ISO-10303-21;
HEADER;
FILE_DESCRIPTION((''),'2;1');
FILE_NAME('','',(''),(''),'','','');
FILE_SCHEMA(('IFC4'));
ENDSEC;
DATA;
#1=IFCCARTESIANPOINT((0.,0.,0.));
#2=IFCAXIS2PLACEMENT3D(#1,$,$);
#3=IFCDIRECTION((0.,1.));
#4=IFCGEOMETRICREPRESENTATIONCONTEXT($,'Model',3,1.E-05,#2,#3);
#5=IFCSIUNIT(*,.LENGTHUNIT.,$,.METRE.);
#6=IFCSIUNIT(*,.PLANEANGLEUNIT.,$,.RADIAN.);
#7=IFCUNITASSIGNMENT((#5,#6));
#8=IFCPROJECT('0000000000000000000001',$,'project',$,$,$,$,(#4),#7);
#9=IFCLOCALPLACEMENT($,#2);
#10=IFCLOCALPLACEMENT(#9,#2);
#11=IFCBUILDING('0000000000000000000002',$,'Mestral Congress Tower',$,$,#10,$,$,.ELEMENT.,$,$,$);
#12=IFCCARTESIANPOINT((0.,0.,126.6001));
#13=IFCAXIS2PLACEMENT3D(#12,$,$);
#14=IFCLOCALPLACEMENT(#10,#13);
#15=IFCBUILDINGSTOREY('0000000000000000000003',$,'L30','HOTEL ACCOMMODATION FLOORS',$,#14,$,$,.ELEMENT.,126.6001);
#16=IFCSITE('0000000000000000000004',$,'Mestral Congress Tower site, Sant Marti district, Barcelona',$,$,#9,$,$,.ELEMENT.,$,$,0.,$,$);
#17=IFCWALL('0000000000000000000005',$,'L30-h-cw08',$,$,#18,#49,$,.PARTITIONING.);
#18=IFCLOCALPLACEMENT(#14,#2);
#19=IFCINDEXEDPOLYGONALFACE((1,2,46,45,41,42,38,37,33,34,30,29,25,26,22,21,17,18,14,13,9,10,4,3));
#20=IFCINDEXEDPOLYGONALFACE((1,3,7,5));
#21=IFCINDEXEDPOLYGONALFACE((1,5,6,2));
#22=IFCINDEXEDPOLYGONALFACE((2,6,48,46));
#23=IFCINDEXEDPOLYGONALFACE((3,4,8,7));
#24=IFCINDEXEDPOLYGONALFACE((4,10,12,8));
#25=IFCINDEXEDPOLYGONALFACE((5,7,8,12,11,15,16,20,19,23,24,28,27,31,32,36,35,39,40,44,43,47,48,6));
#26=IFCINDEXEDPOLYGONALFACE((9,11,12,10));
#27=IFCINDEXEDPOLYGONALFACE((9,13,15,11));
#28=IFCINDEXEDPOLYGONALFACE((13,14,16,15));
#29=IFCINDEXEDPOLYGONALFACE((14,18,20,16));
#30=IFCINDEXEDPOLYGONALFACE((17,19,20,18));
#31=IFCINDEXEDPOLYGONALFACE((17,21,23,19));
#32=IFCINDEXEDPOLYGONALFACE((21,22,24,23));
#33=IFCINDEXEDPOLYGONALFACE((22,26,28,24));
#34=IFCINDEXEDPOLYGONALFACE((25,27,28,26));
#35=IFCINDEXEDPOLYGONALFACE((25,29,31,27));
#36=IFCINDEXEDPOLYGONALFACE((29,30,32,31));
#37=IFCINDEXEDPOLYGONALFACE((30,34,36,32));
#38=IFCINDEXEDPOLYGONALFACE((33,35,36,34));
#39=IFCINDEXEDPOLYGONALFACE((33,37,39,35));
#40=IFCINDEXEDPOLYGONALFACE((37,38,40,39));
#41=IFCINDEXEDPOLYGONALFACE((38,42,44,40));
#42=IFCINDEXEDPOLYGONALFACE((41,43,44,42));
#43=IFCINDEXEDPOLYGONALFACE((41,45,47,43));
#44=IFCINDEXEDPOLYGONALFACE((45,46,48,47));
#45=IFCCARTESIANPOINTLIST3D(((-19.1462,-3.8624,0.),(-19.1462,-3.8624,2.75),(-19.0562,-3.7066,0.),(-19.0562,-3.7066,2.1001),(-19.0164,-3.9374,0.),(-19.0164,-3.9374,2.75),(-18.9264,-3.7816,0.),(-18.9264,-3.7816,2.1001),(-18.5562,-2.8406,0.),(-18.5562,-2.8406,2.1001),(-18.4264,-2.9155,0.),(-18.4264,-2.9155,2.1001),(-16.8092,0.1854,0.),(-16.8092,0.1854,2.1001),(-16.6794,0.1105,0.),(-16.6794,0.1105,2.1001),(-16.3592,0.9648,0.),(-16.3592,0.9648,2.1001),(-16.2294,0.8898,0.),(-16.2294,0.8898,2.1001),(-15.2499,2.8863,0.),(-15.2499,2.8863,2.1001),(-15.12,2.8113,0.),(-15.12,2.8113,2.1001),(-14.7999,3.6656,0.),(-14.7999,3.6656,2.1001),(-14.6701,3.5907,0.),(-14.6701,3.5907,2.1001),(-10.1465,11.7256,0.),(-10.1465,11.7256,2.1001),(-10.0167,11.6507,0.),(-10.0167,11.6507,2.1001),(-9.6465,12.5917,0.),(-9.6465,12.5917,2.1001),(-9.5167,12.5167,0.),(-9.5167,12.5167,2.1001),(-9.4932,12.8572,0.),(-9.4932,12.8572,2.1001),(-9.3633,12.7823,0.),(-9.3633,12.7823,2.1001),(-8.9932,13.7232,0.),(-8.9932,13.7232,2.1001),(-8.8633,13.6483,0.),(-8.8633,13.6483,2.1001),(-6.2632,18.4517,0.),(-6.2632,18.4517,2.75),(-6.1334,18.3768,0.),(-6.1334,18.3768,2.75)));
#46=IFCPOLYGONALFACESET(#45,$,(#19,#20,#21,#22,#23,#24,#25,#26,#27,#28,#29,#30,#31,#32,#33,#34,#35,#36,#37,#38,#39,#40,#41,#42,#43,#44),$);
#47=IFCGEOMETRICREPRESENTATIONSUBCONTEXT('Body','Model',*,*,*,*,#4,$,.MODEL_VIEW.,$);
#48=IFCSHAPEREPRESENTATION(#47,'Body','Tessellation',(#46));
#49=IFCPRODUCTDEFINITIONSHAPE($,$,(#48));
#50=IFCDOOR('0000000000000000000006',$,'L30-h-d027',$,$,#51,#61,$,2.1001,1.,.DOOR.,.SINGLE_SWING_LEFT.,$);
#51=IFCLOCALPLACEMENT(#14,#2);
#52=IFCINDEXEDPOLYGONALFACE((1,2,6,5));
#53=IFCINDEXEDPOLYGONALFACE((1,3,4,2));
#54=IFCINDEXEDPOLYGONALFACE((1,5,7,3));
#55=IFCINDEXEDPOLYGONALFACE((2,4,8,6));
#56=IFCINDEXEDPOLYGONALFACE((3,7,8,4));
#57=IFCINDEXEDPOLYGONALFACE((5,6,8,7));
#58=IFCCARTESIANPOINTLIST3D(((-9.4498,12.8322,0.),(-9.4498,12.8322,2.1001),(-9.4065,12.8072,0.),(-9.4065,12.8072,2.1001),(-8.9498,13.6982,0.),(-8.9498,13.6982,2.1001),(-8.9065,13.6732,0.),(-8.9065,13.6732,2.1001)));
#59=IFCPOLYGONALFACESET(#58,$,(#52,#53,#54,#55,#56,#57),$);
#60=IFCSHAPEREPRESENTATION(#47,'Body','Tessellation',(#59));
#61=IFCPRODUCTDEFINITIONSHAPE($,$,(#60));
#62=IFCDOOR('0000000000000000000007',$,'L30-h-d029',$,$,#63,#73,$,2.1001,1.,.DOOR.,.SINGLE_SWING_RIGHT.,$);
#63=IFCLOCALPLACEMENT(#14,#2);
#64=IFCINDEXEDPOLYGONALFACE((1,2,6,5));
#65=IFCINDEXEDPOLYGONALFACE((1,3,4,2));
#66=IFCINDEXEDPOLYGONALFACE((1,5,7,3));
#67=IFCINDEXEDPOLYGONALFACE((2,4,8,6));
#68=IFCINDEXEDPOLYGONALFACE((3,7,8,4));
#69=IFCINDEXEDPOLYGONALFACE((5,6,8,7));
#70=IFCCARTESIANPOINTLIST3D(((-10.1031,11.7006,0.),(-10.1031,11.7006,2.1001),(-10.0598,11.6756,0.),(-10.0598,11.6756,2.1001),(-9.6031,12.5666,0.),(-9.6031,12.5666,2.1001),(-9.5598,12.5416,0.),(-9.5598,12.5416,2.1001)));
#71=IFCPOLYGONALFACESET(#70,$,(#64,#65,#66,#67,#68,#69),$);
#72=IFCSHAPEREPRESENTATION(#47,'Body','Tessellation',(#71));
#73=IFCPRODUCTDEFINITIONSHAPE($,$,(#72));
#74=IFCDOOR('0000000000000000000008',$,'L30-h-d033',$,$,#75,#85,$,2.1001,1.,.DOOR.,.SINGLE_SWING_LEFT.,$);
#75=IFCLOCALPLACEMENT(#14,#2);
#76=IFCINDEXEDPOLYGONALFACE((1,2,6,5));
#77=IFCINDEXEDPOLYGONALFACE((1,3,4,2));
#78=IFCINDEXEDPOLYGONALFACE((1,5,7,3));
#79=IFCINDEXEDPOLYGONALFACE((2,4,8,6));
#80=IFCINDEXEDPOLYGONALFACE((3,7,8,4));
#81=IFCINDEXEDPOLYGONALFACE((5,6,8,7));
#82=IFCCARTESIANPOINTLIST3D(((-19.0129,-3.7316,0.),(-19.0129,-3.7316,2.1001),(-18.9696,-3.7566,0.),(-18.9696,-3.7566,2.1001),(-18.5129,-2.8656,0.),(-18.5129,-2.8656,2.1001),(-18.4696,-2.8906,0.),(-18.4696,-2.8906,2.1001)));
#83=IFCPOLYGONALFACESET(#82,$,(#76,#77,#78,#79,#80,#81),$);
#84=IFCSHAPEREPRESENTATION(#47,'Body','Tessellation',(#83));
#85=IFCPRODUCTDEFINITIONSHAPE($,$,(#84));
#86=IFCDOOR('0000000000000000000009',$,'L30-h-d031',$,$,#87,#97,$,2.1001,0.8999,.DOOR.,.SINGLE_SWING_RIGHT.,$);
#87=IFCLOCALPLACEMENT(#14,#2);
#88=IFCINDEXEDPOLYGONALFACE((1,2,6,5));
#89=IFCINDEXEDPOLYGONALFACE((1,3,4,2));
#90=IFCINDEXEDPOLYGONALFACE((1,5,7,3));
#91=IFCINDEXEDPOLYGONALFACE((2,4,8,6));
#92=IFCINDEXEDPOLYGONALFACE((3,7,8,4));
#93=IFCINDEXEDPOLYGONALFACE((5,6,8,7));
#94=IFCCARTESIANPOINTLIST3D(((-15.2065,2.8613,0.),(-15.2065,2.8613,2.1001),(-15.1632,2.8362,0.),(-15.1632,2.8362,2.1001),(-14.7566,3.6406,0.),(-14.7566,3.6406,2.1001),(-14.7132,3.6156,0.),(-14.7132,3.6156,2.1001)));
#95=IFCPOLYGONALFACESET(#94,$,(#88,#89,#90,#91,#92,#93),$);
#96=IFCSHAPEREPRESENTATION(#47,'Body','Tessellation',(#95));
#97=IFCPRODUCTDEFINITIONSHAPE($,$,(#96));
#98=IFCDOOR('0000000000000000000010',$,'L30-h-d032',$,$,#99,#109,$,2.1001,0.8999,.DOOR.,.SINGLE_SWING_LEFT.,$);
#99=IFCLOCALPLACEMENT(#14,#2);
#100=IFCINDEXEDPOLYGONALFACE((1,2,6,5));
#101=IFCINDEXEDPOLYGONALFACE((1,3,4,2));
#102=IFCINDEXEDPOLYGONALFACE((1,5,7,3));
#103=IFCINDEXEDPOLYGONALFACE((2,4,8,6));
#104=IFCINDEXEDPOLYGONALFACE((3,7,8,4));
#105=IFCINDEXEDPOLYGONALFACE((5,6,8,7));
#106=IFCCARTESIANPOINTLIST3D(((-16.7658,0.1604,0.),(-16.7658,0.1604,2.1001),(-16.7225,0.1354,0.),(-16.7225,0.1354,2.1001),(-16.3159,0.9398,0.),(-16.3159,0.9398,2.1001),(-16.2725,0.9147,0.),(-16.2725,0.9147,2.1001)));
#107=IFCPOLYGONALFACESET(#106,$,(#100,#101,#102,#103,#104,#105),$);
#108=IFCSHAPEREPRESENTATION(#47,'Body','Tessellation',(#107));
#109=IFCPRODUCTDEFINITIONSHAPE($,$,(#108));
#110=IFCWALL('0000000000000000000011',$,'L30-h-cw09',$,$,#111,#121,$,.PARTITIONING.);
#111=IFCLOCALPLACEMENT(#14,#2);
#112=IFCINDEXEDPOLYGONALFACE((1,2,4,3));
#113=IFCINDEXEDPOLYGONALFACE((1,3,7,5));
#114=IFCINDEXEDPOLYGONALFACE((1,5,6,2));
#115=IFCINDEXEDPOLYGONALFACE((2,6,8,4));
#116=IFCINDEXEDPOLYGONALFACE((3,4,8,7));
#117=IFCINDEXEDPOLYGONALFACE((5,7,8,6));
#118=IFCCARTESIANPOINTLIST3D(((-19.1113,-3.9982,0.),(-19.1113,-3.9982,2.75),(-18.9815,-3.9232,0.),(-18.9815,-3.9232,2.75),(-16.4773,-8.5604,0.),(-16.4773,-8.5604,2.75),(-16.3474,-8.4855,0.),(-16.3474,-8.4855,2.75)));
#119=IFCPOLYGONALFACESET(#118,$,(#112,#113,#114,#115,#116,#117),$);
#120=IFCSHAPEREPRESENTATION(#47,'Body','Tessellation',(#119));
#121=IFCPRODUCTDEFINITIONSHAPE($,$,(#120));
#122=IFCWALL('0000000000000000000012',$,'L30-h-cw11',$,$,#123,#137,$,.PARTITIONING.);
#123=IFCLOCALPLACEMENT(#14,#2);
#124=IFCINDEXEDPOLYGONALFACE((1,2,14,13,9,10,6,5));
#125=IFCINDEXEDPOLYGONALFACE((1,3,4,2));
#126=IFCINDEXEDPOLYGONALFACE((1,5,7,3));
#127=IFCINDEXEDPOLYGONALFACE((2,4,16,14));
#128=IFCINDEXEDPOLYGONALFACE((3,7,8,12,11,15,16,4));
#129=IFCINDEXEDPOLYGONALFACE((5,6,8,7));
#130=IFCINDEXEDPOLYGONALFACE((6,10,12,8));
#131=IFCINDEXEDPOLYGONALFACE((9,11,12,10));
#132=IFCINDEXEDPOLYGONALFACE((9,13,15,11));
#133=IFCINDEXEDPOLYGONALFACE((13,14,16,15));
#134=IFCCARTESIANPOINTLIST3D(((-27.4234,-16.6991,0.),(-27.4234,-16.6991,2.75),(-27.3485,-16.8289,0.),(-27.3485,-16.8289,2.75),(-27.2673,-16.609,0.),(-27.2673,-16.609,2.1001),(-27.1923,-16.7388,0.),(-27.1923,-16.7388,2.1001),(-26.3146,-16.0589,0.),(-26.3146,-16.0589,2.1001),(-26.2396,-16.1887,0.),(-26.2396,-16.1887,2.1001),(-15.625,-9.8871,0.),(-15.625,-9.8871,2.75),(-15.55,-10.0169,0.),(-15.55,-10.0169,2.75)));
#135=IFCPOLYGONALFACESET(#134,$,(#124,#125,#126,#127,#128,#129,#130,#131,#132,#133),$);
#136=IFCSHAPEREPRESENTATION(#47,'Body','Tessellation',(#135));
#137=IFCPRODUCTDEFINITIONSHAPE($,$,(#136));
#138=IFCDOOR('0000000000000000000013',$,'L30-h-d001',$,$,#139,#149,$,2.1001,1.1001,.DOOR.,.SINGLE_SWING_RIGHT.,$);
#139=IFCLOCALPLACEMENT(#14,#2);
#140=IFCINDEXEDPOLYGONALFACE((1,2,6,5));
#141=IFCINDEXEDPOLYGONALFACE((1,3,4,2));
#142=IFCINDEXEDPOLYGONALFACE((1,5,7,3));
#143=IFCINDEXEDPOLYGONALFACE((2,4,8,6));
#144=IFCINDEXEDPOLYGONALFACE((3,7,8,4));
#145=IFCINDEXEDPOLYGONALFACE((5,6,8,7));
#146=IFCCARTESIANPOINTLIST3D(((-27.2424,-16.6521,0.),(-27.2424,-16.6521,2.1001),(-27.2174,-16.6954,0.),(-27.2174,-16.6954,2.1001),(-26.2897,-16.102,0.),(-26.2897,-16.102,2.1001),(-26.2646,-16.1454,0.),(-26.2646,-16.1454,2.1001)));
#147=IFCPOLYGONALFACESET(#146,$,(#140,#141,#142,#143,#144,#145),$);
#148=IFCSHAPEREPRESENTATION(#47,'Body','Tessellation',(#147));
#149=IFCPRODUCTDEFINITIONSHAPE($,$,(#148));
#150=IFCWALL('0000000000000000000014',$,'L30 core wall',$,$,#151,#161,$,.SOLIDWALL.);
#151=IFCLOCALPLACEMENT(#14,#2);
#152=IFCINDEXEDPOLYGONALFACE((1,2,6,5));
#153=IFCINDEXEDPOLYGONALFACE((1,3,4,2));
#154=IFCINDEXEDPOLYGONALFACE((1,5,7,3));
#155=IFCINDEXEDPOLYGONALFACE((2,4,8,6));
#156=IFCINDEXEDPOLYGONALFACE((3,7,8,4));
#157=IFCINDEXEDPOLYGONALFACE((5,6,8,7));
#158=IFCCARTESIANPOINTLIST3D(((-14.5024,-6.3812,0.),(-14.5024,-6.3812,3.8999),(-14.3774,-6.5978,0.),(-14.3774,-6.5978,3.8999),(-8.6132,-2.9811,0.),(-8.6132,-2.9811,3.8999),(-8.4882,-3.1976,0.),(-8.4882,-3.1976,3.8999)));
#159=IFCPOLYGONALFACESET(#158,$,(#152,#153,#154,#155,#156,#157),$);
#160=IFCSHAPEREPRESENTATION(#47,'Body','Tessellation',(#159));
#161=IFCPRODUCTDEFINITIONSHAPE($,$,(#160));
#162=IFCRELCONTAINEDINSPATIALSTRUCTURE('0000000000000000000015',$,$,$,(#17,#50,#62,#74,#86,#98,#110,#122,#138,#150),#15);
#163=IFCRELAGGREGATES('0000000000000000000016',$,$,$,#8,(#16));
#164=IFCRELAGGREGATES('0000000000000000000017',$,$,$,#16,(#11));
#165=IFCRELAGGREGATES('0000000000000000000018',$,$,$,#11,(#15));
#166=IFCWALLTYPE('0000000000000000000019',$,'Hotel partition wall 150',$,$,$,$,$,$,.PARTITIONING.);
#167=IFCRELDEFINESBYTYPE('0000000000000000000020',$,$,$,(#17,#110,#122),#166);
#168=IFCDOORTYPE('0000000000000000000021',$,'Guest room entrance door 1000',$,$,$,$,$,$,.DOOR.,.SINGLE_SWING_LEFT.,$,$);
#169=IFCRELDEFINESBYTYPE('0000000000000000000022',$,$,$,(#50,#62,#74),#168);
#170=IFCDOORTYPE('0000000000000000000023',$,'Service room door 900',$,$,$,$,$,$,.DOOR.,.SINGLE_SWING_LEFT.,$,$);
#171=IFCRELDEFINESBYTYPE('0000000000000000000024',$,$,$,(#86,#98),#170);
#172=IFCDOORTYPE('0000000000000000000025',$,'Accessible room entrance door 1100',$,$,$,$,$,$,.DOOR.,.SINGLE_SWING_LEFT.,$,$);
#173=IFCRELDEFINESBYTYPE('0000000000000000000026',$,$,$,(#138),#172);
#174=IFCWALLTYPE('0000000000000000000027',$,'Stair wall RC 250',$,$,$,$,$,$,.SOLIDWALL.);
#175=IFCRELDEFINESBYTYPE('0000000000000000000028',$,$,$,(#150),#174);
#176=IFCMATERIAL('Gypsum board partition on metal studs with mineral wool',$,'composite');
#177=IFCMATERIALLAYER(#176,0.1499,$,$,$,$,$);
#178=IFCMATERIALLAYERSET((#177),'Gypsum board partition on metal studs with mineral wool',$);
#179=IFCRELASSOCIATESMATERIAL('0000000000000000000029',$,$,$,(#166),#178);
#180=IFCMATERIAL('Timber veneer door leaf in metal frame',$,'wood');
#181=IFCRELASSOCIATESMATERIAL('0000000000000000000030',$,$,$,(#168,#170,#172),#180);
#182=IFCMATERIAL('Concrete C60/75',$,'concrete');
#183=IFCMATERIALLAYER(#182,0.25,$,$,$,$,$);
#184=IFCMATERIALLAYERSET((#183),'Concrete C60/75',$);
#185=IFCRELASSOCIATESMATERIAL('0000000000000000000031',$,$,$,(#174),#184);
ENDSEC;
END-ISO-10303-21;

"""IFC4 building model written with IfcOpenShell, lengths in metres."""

from ifc_helpers import new_model, si_unit, direction, frame, frame_2d, origin, place, context, subcontext, project, spatial, rectangle, extrude, material, layer, layer_set, type_object, element, fill, save


model = new_model("IFC4")

# Units and contexts
model_context = context("Model", 3, precision=1e-05, world=origin(), true_north=direction((0.0, 1.0)))
body_context = subcontext(model_context, "Body", "Model", "MODEL_VIEW")
ifc_project = project(units=[si_unit("LENGTHUNIT", "METRE"), si_unit("PLANEANGLEUNIT", "RADIAN")], contexts=[model_context])

# Site, building, storey
site_placement = place(None, origin())
site = spatial("IfcSite", under=ifc_project, at=site_placement, Name="Mestral Congress Tower site, Sant Marti district, Barcelona", CompositionType="ELEMENT", RefElevation=0.0)
building_placement = place(site_placement, origin())
building = spatial("IfcBuilding", under=site, at=building_placement, Name="Mestral Congress Tower", CompositionType="ELEMENT")
storey_placement = place(building_placement, frame((0.0, 0.0, 126.6001)))
storey = spatial("IfcBuildingStorey", under=building, at=storey_placement, Name="L30", Description="HOTEL ACCOMMODATION FLOORS", CompositionType="ELEMENT", Elevation=126.6001)

# Shared definitions
ifc_material_1 = material(Name="Gypsum board partition on metal studs with mineral wool", Category="composite")

# Wall, openings, doors
ifc_layer_1 = layer(ifc_material_1, 0.1499)
ifc_layer_set_1 = layer_set([ifc_layer_1], Name="Gypsum board partition on metal studs with mineral wool")
wall_type_1 = type_object("IfcWallType", Name="Hotel partition wall 150", PredefinedType="PARTITIONING", material=ifc_layer_set_1)
wall_1_placement = place(storey_placement, frame((-19.0813, -3.8999, 0.0), z_axis=(0.0, 0.0, 1.0), x_axis=(0.499998, 0.866026, 0.0)))
wall_1 = element("IfcWall", 1, at=wall_1_placement, inside=storey, type_object=wall_type_1, Name="L30-h-cw08", PredefinedType="PARTITIONING", context=body_context, shape_type="SweptSolid", body=[
    extrude(rectangle(XDim=25.7661, YDim=0.1499, at=frame_2d((12.8831, 0.0))), origin(), (0.0, 0.0, 1.0), 2.75),
])
opening_1_placement = place(wall_1_placement, frame((19.3062, 0.0, 0.0)))
opening_1 = element("IfcOpeningElement", 2, at=opening_1_placement, cuts=wall_1, PredefinedType="OPENING", context=body_context, shape_type="SweptSolid", body=[
    extrude(rectangle(XDim=1.0, YDim=2.1001, at=frame_2d((0.5, 1.05))), frame((0.0, 0.085, 0.0), z_axis=(0.0, -1.0, 0.0), x_axis=(1.0, 0.0, 0.0)), (0.0, 0.0, 1.0), 0.1699),
])
opening_2_placement = place(wall_1_placement, frame((17.9995, 0.0, 0.0)))
opening_2 = element("IfcOpeningElement", 3, at=opening_2_placement, cuts=wall_1, PredefinedType="OPENING", context=body_context, shape_type="SweptSolid", body=[
    extrude(rectangle(XDim=1.0, YDim=2.1001, at=frame_2d((0.5, 1.05))), frame((0.0, 0.085, 0.0), z_axis=(0.0, -1.0, 0.0), x_axis=(1.0, 0.0, 0.0)), (0.0, 0.0, 1.0), 0.1699),
])
opening_3_placement = place(wall_1_placement, frame((7.7927, 0.0, 0.0)))
opening_3 = element("IfcOpeningElement", 4, at=opening_3_placement, cuts=wall_1, PredefinedType="OPENING", context=body_context, shape_type="SweptSolid", body=[
    extrude(rectangle(XDim=0.8999, YDim=2.1001, at=frame_2d((0.45, 1.05))), frame((0.0, 0.085, 0.0), z_axis=(0.0, -1.0, 0.0), x_axis=(1.0, 0.0, 0.0)), (0.0, 0.0, 1.0), 0.1699),
])
opening_4_placement = place(wall_1_placement, frame((4.6741, 0.0, 0.0)))
opening_4 = element("IfcOpeningElement", 5, at=opening_4_placement, cuts=wall_1, PredefinedType="OPENING", context=body_context, shape_type="SweptSolid", body=[
    extrude(rectangle(XDim=0.8999, YDim=2.1001, at=frame_2d((0.45, 1.05))), frame((0.0, 0.085, 0.0), z_axis=(0.0, -1.0, 0.0), x_axis=(1.0, 0.0, 0.0)), (0.0, 0.0, 1.0), 0.1699),
])
opening_5_placement = place(wall_1_placement, frame((0.1799, 0.0, 0.0)))
opening_5 = element("IfcOpeningElement", 6, at=opening_5_placement, cuts=wall_1, PredefinedType="OPENING", context=body_context, shape_type="SweptSolid", body=[
    extrude(rectangle(XDim=1.0, YDim=2.1001, at=frame_2d((0.5, 1.05))), frame((0.0, 0.085, 0.0), z_axis=(0.0, -1.0, 0.0), x_axis=(1.0, 0.0, 0.0)), (0.0, 0.0, 1.0), 0.1699),
])
ifc_material_2 = material(Name="Timber veneer door leaf in metal frame", Category="wood")
door_type_1 = type_object("IfcDoorType", Name="Guest room entrance door 1000", OperationType="SINGLE_SWING_LEFT", PredefinedType="DOOR", material=ifc_material_2)
door_1_placement = place(opening_1_placement, origin())
door_1 = element("IfcDoor", 7, at=door_1_placement, inside=storey, type_object=door_type_1, Name="L30-h-d027", OperationType="SINGLE_SWING_LEFT", OverallHeight=2.1001, OverallWidth=1.0, PredefinedType="DOOR", context=body_context, shape_type="SweptSolid", body=[
    extrude(rectangle(XDim=1.0, YDim=2.1001, at=frame_2d((0.5, 1.05))), frame((0.0, 0.0249, 0.0), z_axis=(0.0, -1.0, 0.0), x_axis=(1.0, 0.0, 0.0)), (0.0, 0.0, 1.0), 0.05),
])
fill(opening_1, door_1)
door_2_placement = place(opening_2_placement, origin())
door_2 = element("IfcDoor", 8, at=door_2_placement, inside=storey, type_object=door_type_1, Name="L30-h-d029", OperationType="SINGLE_SWING_RIGHT", OverallHeight=2.1001, OverallWidth=1.0, PredefinedType="DOOR", context=body_context, shape_type="SweptSolid", body=[
    extrude(rectangle(XDim=1.0, YDim=2.1001, at=frame_2d((0.5, 1.05))), frame((0.0, 0.0249, 0.0), z_axis=(0.0, -1.0, 0.0), x_axis=(1.0, 0.0, 0.0)), (0.0, 0.0, 1.0), 0.05),
])
fill(opening_2, door_2)
door_3_placement = place(opening_5_placement, origin())
door_3 = element("IfcDoor", 9, at=door_3_placement, inside=storey, type_object=door_type_1, Name="L30-h-d033", OperationType="SINGLE_SWING_LEFT", OverallHeight=2.1001, OverallWidth=1.0, PredefinedType="DOOR", context=body_context, shape_type="SweptSolid", body=[
    extrude(rectangle(XDim=1.0, YDim=2.1001, at=frame_2d((0.5, 1.05))), frame((0.0, 0.0249, 0.0), z_axis=(0.0, -1.0, 0.0), x_axis=(1.0, 0.0, 0.0)), (0.0, 0.0, 1.0), 0.05),
])
fill(opening_5, door_3)
door_type_2 = type_object("IfcDoorType", Name="Service room door 900", OperationType="SINGLE_SWING_LEFT", PredefinedType="DOOR", material=ifc_material_2)
door_4_placement = place(opening_3_placement, origin())
door_4 = element("IfcDoor", 10, at=door_4_placement, inside=storey, type_object=door_type_2, Name="L30-h-d031", OperationType="SINGLE_SWING_RIGHT", OverallHeight=2.1001, OverallWidth=0.8999, PredefinedType="DOOR", context=body_context, shape_type="SweptSolid", body=[
    extrude(rectangle(XDim=0.8999, YDim=2.1001, at=frame_2d((0.45, 1.05))), frame((0.0, 0.0249, 0.0), z_axis=(0.0, -1.0, 0.0), x_axis=(1.0, 0.0, 0.0)), (0.0, 0.0, 1.0), 0.05),
])
fill(opening_3, door_4)
door_5_placement = place(opening_4_placement, origin())
door_5 = element("IfcDoor", 11, at=door_5_placement, inside=storey, type_object=door_type_2, Name="L30-h-d032", OperationType="SINGLE_SWING_LEFT", OverallHeight=2.1001, OverallWidth=0.8999, PredefinedType="DOOR", context=body_context, shape_type="SweptSolid", body=[
    extrude(rectangle(XDim=0.8999, YDim=2.1001, at=frame_2d((0.45, 1.05))), frame((0.0, 0.0249, 0.0), z_axis=(0.0, -1.0, 0.0), x_axis=(1.0, 0.0, 0.0)), (0.0, 0.0, 1.0), 0.05),
])
fill(opening_4, door_5)

# Wall
wall_2_placement = place(storey_placement, frame((-16.4124, -8.5229, 0.0), z_axis=(0.0, 0.0, 1.0), x_axis=(-0.500002, 0.866024, 0.0)))
element("IfcWall", 12, at=wall_2_placement, inside=storey, type_object=wall_type_1, Name="L30-h-cw09", PredefinedType="PARTITIONING", context=body_context, shape_type="SweptSolid", body=[
    extrude(rectangle(XDim=5.2681, YDim=0.1499, at=frame_2d((2.634, 0.0))), origin(), (0.0, 0.0, 1.0), 2.75),
])

# Wall, opening, door
wall_3_placement = place(storey_placement, frame((-15.5874, -9.9519, 0.0), z_axis=(0.0, 0.0, 1.0), x_axis=(-0.866018, -0.500013, 0.0)))
wall_3 = element("IfcWall", 13, at=wall_3_placement, inside=storey, type_object=wall_type_1, Name="L30-h-cw11", PredefinedType="PARTITIONING", context=body_context, shape_type="SweptSolid", body=[
    extrude(rectangle(XDim=13.6238, YDim=0.1499, at=frame_2d((6.812, 0.0))), origin(), (0.0, 0.0, 1.0), 2.75),
])
opening_6_placement = place(wall_3_placement, frame((12.3435, 0.0, 0.0)))
opening_6 = element("IfcOpeningElement", 14, at=opening_6_placement, cuts=wall_3, PredefinedType="OPENING", context=body_context, shape_type="SweptSolid", body=[
    extrude(rectangle(XDim=1.1001, YDim=2.1001, at=frame_2d((0.55, 1.05))), frame((0.0, 0.085, 0.0), z_axis=(0.0, -1.0, 0.0), x_axis=(1.0, 0.0, 0.0)), (0.0, 0.0, 1.0), 0.1699),
])
door_type_3 = type_object("IfcDoorType", Name="Accessible room entrance door 1100", OperationType="SINGLE_SWING_LEFT", PredefinedType="DOOR", material=ifc_material_2)
door_6_placement = place(opening_6_placement, origin())
door_6 = element("IfcDoor", 15, at=door_6_placement, inside=storey, type_object=door_type_3, Name="L30-h-d001", OperationType="SINGLE_SWING_RIGHT", OverallHeight=2.1001, OverallWidth=1.1001, PredefinedType="DOOR", context=body_context, shape_type="SweptSolid", body=[
    extrude(rectangle(XDim=1.1001, YDim=2.1001, at=frame_2d((0.55, 1.05))), frame((0.0, 0.0249, 0.0), z_axis=(0.0, -1.0, 0.0), x_axis=(1.0, 0.0, 0.0)), (0.0, 0.0, 1.0), 0.05),
])
fill(opening_6, door_6)

# Wall
ifc_material_3 = material(Name="Concrete C60/75", Category="concrete")
ifc_layer_2 = layer(ifc_material_3, 0.25)
ifc_layer_set_2 = layer_set([ifc_layer_2], Name="Concrete C60/75")
wall_type_2 = type_object("IfcWallType", Name="Stair wall RC 250", PredefinedType="SOLIDWALL", material=ifc_layer_set_2)
wall_4_placement = place(storey_placement, frame((-14.4399, -6.4895, 0.0), z_axis=(0.0, 0.0, 1.0), x_axis=(0.866023, 0.500004, 0.0)))
element("IfcWall", 16, at=wall_4_placement, inside=storey, type_object=wall_type_2, Name="L30 core wall", PredefinedType="SOLIDWALL", context=body_context, shape_type="SweptSolid", body=[
    extrude(rectangle(XDim=6.8003, YDim=0.25, at=frame_2d((3.4001, 0.0))), origin(), (0.0, 0.0, 1.0), 3.8999),
])

save(model, "model.ifc")
